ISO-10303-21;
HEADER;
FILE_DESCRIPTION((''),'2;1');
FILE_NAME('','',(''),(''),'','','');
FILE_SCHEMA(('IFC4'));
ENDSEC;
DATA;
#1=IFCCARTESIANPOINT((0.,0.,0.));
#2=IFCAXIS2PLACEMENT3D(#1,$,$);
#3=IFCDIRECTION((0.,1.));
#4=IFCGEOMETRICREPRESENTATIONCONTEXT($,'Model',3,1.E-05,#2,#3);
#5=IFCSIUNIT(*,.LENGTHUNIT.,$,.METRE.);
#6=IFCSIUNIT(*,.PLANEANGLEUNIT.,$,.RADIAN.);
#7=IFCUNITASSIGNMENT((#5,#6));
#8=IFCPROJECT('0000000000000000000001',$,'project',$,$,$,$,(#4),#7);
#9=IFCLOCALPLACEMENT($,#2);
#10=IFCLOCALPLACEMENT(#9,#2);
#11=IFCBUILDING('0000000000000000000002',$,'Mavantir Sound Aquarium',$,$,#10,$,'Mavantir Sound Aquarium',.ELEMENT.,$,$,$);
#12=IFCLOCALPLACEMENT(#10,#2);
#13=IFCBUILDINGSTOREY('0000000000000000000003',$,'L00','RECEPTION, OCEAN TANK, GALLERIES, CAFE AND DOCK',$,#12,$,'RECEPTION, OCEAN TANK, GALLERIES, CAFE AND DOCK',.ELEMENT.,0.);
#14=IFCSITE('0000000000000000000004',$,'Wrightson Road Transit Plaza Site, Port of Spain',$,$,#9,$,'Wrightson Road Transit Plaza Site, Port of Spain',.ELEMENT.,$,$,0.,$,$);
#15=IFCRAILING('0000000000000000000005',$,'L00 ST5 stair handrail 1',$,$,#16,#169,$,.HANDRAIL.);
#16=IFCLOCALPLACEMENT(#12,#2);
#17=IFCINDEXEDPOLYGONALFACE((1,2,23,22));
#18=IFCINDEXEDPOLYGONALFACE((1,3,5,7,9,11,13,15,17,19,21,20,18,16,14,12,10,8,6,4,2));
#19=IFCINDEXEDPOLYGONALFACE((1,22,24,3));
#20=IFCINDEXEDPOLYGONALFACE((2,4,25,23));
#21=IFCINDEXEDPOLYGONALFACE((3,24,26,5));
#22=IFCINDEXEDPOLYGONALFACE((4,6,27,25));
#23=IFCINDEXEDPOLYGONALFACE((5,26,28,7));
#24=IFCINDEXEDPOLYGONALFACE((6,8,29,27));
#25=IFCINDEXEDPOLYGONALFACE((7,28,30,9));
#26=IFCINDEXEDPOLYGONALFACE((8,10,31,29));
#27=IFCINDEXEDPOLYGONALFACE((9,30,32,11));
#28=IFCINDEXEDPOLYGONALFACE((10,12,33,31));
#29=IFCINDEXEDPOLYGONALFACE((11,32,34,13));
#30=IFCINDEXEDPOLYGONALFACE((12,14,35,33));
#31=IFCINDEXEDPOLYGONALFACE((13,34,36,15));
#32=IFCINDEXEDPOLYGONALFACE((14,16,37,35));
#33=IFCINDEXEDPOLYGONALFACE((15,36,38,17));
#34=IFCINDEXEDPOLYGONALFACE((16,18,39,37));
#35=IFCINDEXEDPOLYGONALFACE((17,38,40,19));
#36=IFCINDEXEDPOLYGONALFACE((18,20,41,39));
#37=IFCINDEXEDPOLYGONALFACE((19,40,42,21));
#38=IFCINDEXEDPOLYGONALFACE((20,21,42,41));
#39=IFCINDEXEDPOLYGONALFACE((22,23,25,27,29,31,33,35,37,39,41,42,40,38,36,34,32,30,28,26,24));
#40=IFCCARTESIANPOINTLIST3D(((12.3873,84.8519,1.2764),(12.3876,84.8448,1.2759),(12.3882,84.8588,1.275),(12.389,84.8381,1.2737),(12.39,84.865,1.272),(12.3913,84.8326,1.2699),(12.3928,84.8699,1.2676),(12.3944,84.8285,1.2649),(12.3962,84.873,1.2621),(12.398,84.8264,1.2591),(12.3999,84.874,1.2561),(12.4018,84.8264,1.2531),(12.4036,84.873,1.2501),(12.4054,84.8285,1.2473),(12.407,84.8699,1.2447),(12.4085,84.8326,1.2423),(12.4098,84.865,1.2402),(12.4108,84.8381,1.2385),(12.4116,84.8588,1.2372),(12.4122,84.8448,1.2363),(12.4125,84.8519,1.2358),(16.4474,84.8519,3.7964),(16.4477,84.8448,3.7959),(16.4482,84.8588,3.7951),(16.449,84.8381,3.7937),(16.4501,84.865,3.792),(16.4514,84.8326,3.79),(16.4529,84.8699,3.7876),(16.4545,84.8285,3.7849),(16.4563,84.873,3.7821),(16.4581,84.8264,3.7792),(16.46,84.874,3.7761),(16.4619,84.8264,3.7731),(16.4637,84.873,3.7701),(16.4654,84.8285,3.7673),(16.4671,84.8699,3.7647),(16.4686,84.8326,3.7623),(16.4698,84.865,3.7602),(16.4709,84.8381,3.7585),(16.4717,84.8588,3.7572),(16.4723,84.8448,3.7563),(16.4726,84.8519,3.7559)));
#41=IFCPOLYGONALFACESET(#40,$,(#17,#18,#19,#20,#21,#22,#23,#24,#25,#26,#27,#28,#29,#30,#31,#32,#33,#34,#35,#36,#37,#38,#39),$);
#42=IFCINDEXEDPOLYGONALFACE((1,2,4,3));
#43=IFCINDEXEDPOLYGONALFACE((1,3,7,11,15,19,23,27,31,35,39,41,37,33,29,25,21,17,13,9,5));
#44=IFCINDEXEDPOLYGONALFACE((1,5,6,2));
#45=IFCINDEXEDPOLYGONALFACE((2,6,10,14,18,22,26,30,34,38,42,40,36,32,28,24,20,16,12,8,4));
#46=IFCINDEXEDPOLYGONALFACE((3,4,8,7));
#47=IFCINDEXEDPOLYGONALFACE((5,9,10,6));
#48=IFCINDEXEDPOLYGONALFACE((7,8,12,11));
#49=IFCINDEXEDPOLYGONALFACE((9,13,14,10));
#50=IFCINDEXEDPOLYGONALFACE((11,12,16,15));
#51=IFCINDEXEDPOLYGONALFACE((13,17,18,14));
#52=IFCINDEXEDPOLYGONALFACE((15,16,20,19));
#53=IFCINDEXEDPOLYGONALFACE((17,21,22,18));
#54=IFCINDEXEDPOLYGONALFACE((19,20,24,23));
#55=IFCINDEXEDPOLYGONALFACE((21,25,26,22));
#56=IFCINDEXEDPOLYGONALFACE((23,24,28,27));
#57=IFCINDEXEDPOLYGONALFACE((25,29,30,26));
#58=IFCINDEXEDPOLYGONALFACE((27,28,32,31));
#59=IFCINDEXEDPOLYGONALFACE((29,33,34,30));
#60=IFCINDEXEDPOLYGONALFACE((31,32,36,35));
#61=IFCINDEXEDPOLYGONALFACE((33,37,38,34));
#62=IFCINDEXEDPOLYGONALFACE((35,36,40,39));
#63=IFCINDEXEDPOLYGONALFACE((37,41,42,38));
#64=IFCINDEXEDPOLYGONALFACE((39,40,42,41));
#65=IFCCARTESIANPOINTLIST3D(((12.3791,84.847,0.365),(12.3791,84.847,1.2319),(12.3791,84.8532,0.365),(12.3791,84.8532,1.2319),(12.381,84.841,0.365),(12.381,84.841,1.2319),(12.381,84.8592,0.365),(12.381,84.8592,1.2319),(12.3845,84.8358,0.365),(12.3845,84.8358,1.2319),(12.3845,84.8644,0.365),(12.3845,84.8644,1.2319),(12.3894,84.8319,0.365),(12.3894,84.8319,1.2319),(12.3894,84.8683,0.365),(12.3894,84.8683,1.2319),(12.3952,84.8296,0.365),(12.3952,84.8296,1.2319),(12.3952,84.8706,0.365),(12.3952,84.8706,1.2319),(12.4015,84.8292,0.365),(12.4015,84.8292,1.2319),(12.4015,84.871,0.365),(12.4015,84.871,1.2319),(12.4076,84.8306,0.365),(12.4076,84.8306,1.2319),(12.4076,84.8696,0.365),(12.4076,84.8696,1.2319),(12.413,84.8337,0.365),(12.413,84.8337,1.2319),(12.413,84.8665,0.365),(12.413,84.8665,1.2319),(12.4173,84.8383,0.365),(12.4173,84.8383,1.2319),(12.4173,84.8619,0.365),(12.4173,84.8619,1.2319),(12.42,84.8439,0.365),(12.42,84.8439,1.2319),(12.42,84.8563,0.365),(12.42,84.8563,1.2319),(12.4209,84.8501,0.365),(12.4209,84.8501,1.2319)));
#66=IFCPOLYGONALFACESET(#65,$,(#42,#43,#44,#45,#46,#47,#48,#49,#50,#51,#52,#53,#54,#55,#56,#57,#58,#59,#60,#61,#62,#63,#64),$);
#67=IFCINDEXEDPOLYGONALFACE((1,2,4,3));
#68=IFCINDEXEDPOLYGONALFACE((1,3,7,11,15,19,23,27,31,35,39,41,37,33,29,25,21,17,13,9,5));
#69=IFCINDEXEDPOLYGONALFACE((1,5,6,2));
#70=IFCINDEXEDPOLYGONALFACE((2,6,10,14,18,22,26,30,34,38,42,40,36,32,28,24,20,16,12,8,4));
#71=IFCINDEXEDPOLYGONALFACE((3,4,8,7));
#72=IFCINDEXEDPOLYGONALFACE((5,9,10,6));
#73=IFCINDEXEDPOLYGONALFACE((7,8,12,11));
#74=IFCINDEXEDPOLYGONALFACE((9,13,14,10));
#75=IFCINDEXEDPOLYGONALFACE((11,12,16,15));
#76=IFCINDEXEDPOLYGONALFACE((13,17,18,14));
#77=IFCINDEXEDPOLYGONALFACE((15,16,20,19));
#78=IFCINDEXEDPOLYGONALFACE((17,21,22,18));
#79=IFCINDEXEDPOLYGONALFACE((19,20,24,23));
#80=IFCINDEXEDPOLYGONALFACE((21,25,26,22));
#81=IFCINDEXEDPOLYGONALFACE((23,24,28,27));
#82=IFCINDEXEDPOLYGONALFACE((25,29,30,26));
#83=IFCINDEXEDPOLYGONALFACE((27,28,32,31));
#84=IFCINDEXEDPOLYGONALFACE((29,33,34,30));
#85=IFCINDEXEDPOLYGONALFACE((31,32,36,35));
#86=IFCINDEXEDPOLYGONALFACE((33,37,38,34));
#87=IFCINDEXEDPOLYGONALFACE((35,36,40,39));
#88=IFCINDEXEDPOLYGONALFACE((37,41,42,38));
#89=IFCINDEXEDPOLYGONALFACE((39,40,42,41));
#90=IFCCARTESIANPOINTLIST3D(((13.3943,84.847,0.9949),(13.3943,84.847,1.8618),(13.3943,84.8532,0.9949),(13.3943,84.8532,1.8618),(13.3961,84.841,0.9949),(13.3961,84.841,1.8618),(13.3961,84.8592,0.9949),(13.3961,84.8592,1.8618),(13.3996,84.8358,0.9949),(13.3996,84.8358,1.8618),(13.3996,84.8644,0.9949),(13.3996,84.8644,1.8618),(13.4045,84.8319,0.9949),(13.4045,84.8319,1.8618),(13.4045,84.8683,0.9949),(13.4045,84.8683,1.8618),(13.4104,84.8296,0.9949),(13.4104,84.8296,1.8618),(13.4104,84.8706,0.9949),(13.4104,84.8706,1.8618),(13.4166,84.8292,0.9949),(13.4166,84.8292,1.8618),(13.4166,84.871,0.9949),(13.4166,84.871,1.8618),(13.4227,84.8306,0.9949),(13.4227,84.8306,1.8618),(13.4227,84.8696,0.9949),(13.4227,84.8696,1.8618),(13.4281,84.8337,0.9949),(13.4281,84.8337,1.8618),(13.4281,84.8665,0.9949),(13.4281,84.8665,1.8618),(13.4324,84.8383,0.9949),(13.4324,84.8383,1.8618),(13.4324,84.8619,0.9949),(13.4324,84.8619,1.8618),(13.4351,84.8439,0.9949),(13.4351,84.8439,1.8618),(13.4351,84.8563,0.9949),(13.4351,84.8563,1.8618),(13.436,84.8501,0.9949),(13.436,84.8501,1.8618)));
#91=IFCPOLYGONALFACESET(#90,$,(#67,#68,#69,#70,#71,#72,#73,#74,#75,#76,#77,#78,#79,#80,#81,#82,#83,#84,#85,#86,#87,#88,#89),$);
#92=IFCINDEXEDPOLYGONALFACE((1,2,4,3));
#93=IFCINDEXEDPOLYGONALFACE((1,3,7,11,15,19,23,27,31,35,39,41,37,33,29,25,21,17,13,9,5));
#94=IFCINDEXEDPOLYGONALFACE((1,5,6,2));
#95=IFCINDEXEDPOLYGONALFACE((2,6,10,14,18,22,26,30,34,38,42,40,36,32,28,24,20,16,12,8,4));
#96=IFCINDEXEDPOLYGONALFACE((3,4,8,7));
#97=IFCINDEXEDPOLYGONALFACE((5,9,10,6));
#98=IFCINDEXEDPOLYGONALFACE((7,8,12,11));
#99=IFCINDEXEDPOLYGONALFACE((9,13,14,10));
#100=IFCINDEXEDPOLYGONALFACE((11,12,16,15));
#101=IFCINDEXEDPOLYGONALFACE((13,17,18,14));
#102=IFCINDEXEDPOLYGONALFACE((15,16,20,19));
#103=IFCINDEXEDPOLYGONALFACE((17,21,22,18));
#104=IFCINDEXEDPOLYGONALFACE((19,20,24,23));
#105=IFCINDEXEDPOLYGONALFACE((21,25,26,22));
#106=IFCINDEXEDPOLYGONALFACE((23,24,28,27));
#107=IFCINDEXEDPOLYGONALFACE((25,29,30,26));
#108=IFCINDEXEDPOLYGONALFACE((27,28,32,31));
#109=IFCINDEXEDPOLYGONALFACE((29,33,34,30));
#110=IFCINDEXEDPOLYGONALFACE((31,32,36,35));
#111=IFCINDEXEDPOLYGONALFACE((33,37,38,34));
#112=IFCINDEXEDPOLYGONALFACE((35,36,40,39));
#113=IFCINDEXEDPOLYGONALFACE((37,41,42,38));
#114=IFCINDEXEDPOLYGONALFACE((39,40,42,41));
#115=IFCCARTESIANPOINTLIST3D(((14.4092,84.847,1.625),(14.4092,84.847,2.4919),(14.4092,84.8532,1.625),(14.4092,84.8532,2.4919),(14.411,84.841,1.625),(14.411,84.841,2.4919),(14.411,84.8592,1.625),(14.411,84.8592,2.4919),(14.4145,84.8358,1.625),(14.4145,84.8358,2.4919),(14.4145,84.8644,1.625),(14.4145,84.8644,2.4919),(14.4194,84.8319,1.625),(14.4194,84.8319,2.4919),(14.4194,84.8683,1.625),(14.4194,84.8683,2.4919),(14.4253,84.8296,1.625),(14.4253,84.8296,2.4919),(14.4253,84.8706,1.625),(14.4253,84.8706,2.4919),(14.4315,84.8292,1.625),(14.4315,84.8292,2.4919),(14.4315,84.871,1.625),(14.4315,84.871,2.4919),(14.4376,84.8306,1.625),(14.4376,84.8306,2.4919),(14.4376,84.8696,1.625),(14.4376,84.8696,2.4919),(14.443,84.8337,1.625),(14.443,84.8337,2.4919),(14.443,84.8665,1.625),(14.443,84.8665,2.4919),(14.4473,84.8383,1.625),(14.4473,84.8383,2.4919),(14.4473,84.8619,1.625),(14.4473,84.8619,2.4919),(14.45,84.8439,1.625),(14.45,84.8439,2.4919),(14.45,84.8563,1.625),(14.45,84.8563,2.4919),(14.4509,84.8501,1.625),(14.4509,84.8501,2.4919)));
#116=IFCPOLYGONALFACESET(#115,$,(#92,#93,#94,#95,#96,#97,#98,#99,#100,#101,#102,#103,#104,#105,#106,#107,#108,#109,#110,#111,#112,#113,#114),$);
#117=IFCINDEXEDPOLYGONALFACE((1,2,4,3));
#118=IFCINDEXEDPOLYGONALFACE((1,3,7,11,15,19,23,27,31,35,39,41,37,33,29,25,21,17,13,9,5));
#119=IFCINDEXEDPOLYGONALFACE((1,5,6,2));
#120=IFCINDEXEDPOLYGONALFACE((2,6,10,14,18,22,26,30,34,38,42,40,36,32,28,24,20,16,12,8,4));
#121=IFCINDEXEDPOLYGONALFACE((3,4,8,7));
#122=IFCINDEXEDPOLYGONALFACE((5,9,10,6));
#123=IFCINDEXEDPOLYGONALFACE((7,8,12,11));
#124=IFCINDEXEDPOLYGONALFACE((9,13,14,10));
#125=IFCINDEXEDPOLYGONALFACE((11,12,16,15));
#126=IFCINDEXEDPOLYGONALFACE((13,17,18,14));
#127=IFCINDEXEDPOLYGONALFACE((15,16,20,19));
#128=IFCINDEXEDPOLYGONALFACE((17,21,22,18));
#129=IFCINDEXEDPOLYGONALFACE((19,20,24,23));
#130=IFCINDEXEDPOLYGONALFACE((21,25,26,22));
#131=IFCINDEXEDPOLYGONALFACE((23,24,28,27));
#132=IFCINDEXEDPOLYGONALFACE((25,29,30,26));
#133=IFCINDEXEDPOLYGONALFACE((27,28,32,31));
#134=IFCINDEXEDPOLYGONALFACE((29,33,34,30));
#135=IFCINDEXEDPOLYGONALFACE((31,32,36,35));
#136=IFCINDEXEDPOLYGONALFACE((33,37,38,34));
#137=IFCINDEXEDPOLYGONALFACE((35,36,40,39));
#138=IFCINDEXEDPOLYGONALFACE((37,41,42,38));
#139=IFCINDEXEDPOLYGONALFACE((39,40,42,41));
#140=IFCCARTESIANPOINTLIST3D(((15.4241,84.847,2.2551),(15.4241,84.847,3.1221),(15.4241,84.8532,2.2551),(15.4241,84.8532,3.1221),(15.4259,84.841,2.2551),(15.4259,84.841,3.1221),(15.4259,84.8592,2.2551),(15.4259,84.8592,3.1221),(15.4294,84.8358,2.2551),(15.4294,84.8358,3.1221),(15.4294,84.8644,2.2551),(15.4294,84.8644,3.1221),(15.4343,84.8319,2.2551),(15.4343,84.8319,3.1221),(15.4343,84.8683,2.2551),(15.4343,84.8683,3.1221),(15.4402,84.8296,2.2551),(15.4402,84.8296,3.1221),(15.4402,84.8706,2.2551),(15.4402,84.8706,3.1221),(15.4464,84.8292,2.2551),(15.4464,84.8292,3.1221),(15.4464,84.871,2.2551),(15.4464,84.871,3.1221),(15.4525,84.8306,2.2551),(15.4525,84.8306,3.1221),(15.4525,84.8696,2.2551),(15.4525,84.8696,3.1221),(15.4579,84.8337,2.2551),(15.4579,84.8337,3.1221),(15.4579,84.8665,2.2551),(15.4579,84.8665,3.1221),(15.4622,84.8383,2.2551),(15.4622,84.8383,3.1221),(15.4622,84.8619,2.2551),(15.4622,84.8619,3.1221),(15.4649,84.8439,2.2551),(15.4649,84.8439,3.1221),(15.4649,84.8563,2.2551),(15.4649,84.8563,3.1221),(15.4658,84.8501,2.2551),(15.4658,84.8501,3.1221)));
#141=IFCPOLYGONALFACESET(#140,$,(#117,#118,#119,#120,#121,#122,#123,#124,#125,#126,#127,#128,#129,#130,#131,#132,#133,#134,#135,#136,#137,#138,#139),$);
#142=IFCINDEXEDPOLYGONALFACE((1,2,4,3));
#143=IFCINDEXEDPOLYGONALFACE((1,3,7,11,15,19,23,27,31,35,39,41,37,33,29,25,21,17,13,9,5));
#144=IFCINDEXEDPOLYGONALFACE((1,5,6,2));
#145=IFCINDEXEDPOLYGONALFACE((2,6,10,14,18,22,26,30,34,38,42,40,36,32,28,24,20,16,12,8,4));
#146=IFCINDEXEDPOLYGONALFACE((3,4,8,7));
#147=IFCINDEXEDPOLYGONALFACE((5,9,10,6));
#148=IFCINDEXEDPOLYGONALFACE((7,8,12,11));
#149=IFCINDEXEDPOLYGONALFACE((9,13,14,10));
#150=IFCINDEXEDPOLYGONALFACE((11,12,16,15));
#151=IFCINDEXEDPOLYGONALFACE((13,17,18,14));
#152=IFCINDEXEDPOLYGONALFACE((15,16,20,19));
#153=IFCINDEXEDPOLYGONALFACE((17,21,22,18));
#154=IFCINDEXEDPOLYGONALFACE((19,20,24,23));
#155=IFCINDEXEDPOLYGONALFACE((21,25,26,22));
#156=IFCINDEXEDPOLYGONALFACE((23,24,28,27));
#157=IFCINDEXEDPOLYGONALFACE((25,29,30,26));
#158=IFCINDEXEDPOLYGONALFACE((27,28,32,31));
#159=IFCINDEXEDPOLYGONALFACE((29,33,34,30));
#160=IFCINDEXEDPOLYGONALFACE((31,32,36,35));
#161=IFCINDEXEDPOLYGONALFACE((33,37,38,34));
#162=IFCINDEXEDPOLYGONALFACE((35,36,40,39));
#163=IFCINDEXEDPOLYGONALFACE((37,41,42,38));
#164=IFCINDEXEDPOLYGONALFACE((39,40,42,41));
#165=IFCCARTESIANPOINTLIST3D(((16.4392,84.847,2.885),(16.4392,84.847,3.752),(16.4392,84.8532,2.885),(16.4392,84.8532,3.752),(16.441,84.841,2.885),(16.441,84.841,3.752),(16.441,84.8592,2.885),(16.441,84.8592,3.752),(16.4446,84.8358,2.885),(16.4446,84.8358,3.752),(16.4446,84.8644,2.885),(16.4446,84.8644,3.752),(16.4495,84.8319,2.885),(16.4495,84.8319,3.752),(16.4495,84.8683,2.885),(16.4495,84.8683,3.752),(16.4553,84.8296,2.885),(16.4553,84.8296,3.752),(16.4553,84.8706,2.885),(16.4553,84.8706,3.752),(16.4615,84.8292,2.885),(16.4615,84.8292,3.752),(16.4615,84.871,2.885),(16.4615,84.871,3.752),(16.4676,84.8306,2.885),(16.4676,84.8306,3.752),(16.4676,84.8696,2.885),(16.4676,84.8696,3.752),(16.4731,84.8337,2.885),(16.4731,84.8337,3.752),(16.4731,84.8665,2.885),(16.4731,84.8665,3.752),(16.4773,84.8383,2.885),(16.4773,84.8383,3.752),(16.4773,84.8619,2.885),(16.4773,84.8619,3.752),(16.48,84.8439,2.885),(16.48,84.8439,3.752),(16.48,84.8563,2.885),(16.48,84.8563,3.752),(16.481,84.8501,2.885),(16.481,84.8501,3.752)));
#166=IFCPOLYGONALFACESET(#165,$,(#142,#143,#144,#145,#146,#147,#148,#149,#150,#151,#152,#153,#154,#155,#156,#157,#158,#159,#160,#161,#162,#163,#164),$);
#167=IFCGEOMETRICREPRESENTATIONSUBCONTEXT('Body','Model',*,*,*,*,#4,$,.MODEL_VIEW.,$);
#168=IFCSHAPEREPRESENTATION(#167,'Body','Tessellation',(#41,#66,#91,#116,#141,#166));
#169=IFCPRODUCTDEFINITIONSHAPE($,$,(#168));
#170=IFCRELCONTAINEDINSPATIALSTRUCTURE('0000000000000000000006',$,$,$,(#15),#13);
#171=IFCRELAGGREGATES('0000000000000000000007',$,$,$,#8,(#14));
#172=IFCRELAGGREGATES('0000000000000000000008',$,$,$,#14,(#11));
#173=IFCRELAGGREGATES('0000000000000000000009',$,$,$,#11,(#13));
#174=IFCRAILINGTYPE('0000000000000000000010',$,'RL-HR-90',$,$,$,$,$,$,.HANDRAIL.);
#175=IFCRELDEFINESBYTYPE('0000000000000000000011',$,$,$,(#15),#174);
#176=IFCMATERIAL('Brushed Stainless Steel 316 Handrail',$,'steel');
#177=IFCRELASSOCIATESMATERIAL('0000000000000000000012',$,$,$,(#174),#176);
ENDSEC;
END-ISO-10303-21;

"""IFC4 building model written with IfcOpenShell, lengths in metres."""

from ifc_helpers import new_model, si_unit, direction, frame, origin, origin_2d, place, context, subcontext, project, spatial, circle, extrude, material, type_object, element, save


model = new_model("IFC4")

# Units and contexts
model_context = context("Model", 3, precision=1e-05, world=origin(), true_north=direction((0.0, 1.0)))
body_context = subcontext(model_context, "Body", "Model", "MODEL_VIEW")
ifc_project = project(units=[si_unit("LENGTHUNIT", "METRE"), si_unit("PLANEANGLEUNIT", "RADIAN")], contexts=[model_context])

# Site, building, storey
site_placement = place(None, origin())
site = spatial("IfcSite", under=ifc_project, at=site_placement, Name="Wrightson Road Transit Plaza Site, Port of Spain", LongName="Wrightson Road Transit Plaza Site, Port of Spain", CompositionType="ELEMENT", RefElevation=0.0)
building_placement = place(site_placement, origin())
building = spatial("IfcBuilding", under=site, at=building_placement, Name="Mavantir Sound Aquarium", LongName="Mavantir Sound Aquarium", CompositionType="ELEMENT")
storey_placement = place(building_placement, origin())
storey = spatial("IfcBuildingStorey", under=building, at=storey_placement, Name="L00", Description="RECEPTION, OCEAN TANK, GALLERIES, CAFE AND DOCK", LongName="RECEPTION, OCEAN TANK, GALLERIES, CAFE AND DOCK", CompositionType="ELEMENT", Elevation=0.0)

# Railing
ifc_material_1 = material(Name="Brushed Stainless Steel 316 Handrail", Category="steel")
railing_type_1 = type_object("IfcRailingType", Name="RL-HR-90", PredefinedType="HANDRAIL", material=ifc_material_1)
railing_1_placement = place(storey_placement, frame((12.3999, 84.8501, 0.365)))
element("IfcRailing", 1, at=railing_1_placement, inside=storey, type_object=railing_type_1, Name="L00 ST5 stair handrail 1", PredefinedType="HANDRAIL", context=body_context, shape_type="SweptSolid", body=[
    extrude(circle(Radius=0.0239, at=origin_2d()), frame((0.0, 0.0, 0.8911), z_axis=(0.849642, 0.0, 0.52736), x_axis=(0.0, 1.0, 0.0)), (0.0, 0.0, 1.0), 4.7786),
    extrude(circle(Radius=0.021, at=origin_2d()), origin(), (0.0, 0.0, 1.0), 0.8669),
    extrude(circle(Radius=0.021, at=origin_2d()), frame((1.0151, 0.0, 0.6299)), (0.0, 0.0, 1.0), 0.8669),
    extrude(circle(Radius=0.021, at=origin_2d()), frame((2.03, 0.0, 1.26)), (0.0, 0.0, 1.0), 0.8669),
    extrude(circle(Radius=0.021, at=origin_2d()), frame((3.0449, 0.0, 1.8901)), (0.0, 0.0, 1.0), 0.8669),
    extrude(circle(Radius=0.021, at=origin_2d()), frame((4.0601, 0.0, 2.52)), (0.0, 0.0, 1.0), 0.8669),
])

save(model, "model.ifc")
